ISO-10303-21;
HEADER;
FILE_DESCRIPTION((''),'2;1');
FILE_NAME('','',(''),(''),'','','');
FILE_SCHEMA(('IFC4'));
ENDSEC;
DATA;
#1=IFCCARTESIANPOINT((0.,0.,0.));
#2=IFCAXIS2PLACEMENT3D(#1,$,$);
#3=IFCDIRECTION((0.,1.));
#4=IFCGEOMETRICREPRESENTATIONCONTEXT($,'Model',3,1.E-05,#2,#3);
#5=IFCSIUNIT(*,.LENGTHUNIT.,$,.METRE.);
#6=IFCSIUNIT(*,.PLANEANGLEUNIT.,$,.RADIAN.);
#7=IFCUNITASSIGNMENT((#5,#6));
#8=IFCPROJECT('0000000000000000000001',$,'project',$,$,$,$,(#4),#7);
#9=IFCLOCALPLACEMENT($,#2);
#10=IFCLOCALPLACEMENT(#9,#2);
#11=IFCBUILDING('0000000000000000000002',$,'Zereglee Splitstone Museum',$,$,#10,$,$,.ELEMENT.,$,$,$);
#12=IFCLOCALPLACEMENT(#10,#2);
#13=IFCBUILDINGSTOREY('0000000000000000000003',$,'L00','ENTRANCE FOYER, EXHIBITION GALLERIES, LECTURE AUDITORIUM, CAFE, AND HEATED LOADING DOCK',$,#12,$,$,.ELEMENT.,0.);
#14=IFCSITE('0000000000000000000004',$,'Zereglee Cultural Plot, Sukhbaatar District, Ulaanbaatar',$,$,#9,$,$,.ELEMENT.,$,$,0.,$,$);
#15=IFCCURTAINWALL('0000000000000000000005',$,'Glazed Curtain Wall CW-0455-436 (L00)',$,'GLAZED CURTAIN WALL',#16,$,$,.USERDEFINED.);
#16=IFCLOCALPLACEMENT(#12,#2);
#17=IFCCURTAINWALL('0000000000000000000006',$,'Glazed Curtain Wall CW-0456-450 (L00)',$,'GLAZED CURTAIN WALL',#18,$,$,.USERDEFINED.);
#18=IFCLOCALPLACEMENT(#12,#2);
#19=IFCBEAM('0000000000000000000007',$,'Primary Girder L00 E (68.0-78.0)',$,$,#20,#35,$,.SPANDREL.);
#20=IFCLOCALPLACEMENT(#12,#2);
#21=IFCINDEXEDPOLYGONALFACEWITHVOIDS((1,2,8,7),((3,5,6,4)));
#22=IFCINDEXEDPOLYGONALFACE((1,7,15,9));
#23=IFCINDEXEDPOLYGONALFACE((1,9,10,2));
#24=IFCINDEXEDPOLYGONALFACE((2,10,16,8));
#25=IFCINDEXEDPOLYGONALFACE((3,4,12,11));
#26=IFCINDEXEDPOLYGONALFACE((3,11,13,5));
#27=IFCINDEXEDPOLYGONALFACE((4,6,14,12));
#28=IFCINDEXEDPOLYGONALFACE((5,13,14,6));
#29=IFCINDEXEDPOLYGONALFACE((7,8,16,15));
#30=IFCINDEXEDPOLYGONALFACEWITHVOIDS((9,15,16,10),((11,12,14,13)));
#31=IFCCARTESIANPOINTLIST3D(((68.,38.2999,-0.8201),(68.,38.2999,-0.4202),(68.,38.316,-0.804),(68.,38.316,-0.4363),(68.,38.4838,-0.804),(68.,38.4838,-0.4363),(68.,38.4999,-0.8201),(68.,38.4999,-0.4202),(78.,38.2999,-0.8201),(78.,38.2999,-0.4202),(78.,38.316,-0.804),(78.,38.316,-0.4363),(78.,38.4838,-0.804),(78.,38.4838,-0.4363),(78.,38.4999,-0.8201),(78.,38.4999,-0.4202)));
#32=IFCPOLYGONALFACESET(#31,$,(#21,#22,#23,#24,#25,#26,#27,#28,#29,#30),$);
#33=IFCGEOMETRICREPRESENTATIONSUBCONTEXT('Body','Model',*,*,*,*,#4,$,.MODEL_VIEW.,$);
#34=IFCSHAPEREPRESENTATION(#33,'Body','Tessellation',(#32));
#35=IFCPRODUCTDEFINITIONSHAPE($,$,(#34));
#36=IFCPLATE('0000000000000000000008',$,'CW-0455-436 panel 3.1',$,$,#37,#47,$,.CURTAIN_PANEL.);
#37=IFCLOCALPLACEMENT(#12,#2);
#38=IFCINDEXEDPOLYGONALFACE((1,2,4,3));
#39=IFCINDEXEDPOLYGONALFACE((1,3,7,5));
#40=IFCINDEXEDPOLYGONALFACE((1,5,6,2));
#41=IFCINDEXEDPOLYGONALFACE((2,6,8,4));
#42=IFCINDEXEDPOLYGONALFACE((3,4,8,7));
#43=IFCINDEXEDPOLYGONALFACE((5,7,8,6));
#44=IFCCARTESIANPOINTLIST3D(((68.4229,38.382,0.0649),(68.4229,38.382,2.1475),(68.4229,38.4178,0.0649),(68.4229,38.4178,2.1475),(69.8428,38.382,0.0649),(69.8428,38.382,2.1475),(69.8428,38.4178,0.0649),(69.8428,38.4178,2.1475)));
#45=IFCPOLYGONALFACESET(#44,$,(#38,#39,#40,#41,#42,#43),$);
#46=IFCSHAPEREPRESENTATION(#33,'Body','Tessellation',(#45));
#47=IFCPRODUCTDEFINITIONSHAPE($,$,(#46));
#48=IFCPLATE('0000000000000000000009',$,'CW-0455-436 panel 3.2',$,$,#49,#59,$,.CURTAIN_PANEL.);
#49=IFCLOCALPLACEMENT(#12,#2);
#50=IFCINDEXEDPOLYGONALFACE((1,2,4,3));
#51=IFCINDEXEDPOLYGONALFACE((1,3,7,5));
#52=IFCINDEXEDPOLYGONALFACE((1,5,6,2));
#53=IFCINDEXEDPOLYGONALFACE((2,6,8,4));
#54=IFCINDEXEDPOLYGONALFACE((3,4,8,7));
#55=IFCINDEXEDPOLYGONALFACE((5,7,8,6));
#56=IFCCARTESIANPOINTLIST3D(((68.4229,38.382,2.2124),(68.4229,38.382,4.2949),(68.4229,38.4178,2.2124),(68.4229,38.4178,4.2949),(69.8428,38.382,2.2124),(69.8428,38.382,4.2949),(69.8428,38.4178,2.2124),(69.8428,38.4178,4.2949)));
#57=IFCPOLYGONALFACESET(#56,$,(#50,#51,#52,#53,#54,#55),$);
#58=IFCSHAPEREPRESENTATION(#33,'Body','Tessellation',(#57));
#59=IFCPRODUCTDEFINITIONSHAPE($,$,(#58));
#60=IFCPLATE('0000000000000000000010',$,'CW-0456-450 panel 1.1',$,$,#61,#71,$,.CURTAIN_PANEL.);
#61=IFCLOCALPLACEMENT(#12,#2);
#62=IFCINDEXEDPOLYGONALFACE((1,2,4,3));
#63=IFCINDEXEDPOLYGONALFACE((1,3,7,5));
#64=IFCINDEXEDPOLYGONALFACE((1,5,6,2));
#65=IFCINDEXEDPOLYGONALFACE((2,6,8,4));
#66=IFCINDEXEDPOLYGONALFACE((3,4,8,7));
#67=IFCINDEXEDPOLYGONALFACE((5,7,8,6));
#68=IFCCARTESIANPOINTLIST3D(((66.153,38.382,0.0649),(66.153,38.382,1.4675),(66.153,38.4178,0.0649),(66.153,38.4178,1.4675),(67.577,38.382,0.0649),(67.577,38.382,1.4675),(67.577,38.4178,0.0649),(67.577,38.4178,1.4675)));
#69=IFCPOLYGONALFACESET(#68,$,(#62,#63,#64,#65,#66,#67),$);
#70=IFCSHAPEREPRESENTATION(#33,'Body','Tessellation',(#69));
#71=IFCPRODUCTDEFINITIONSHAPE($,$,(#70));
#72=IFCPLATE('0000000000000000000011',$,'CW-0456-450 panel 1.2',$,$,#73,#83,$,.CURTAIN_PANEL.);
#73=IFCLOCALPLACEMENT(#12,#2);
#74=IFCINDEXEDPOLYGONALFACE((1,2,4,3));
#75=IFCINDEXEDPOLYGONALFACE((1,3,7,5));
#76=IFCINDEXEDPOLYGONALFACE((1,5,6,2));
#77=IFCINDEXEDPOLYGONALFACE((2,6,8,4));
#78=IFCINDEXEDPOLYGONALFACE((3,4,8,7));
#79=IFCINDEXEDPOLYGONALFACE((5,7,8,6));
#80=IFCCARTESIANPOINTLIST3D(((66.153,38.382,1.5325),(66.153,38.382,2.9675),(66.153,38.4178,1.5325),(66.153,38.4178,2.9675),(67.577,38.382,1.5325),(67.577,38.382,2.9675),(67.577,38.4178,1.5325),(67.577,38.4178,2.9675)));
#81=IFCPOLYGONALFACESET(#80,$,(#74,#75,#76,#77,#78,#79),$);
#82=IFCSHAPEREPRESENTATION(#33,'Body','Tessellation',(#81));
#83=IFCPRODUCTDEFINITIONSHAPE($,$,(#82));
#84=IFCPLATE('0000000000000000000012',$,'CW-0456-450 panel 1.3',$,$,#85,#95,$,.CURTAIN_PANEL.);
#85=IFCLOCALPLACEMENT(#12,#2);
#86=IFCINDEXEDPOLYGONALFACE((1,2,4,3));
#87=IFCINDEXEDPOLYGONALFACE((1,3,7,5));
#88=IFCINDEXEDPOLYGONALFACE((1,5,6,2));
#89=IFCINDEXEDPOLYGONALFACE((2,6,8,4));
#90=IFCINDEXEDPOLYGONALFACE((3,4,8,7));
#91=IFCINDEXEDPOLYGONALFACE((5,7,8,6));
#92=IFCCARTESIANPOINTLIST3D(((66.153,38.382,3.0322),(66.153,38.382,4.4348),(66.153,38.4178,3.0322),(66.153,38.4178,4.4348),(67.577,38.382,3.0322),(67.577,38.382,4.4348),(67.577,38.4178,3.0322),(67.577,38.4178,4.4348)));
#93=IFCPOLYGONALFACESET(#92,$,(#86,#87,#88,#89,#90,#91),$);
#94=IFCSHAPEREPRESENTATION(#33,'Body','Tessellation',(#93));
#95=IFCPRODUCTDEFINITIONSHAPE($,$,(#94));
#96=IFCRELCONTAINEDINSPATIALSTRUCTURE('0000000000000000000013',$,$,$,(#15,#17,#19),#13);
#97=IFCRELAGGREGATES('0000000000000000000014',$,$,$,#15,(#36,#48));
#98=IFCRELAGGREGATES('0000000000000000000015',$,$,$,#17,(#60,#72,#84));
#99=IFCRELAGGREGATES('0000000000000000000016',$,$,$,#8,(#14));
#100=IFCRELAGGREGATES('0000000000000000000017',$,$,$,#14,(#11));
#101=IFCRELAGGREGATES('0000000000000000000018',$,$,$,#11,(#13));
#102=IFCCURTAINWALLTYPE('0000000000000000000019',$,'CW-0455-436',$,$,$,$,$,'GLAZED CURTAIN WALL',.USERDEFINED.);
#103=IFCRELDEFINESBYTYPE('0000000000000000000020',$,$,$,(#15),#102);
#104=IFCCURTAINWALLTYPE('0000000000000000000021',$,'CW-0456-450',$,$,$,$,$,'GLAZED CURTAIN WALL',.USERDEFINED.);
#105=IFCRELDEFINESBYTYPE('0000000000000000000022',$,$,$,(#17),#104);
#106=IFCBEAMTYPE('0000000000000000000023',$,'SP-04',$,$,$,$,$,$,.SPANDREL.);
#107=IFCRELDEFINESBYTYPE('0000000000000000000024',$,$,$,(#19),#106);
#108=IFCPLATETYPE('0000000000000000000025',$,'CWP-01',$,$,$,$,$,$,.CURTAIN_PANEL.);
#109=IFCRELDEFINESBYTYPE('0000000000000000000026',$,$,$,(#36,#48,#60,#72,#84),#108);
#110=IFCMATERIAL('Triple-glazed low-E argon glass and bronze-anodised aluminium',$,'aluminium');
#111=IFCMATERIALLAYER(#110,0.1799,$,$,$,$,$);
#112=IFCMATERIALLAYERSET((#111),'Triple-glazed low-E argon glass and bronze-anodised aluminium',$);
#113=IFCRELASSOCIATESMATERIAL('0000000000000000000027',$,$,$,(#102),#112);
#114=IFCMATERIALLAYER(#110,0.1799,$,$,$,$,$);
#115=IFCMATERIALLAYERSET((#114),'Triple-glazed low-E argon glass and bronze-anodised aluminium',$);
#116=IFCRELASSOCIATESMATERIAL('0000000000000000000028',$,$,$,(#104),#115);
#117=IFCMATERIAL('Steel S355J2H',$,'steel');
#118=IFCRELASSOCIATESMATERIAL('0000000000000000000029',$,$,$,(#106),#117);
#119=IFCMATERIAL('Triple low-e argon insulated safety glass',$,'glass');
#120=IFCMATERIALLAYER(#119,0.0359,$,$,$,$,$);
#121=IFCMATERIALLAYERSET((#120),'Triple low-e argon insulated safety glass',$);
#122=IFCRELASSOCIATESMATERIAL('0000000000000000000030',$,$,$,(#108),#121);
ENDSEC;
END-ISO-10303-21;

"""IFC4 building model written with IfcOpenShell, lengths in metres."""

from ifc_helpers import new_model, si_unit, direction, frame, origin, origin_2d, place, context, subcontext, project, spatial, rectangle, hollow_rectangle, extrude, material, layer, layer_set, material_profile, profile_set, type_object, element, aggregate, save


model = new_model("IFC4")

# Units and contexts
model_context = context("Model", 3, precision=1e-05, world=origin(), true_north=direction((0.0, 1.0)))
body_context = subcontext(model_context, "Body", "Model", "MODEL_VIEW")
ifc_project = project(units=[si_unit("LENGTHUNIT", "METRE"), si_unit("PLANEANGLEUNIT", "RADIAN")], contexts=[model_context])

# Site, building, storey
site_placement = place(None, origin())
site = spatial("IfcSite", under=ifc_project, at=site_placement, Name="Zereglee Cultural Plot, Sukhbaatar District, Ulaanbaatar", CompositionType="ELEMENT", RefElevation=0.0)
building_placement = place(site_placement, origin())
building = spatial("IfcBuilding", under=site, at=building_placement, Name="Zereglee Splitstone Museum", CompositionType="ELEMENT")
storey_placement = place(building_placement, origin())
storey = spatial("IfcBuildingStorey", under=building, at=storey_placement, Name="L00", Description="ENTRANCE FOYER, EXHIBITION GALLERIES, LECTURE AUDITORIUM, CAFE, AND HEATED LOADING DOCK", CompositionType="ELEMENT", Elevation=0.0)

# Curtain wall
ifc_material_1 = material(Name="Triple-glazed low-E argon glass and bronze-anodised aluminium", Category="aluminium")
ifc_layer_1 = layer(ifc_material_1, 0.1799)
ifc_layer_set_1 = layer_set([ifc_layer_1], Name="Triple-glazed low-E argon glass and bronze-anodised aluminium")
curtain_wall_type_1 = type_object("IfcCurtainWallType", Name="CW-0455-436", ElementType="GLAZED CURTAIN WALL", PredefinedType="USERDEFINED", material=ifc_layer_set_1)
curtain_wall_1_placement = place(storey_placement, origin())
curtain_wall_1 = element("IfcCurtainWall", 1, at=curtain_wall_1_placement, inside=storey, type_object=curtain_wall_type_1, Name="Glazed Curtain Wall CW-0455-436 (L00)", ObjectType="GLAZED CURTAIN WALL", PredefinedType="USERDEFINED")

# Curtain wall
ifc_layer_2 = layer(ifc_material_1, 0.1799)
ifc_layer_set_2 = layer_set([ifc_layer_2], Name="Triple-glazed low-E argon glass and bronze-anodised aluminium")
curtain_wall_type_2 = type_object("IfcCurtainWallType", Name="CW-0456-450", ElementType="GLAZED CURTAIN WALL", PredefinedType="USERDEFINED", material=ifc_layer_set_2)
curtain_wall_2_placement = place(storey_placement, origin())
curtain_wall_2 = element("IfcCurtainWall", 2, at=curtain_wall_2_placement, inside=storey, type_object=curtain_wall_type_2, Name="Glazed Curtain Wall CW-0456-450 (L00)", ObjectType="GLAZED CURTAIN WALL", PredefinedType="USERDEFINED")

# Beam
ifc_material_2 = material(Name="Steel S355J2H", Category="steel")
ifc_material_profile_1 = material_profile(ifc_material_2, hollow_rectangle(XDim=0.2, YDim=0.3999, WallThickness=0.0161, at=origin_2d()), Name="RHS 400x200x16")
ifc_profile_set_1 = profile_set([ifc_material_profile_1], Name="Steel S355J2H")
beam_type = type_object("IfcBeamType", Name="SP-04", PredefinedType="SPANDREL", material=ifc_profile_set_1)
beam_placement = place(storey_placement, frame((68.0, 38.3999, -0.6201), z_axis=(1.0, 0.0, 0.0), x_axis=(0.0, 1.0, 0.0)))
element("IfcBeam", 3, at=beam_placement, inside=storey, type_object=beam_type, Name="Primary Girder L00 E (68.0-78.0)", PredefinedType="SPANDREL", context=body_context, shape_type="SweptSolid", body=[
    extrude(hollow_rectangle(XDim=0.2, YDim=0.3999, WallThickness=0.0161, at=origin_2d()), origin(), (0.0, 0.0, 1.0), 10.0),
])

# Plates
ifc_material_3 = material(Name="Triple low-e argon insulated safety glass", Category="glass")
ifc_layer_3 = layer(ifc_material_3, 0.0359)
ifc_layer_set_3 = layer_set([ifc_layer_3], Name="Triple low-e argon insulated safety glass")
plate_type = type_object("IfcPlateType", Name="CWP-01", PredefinedType="CURTAIN_PANEL", material=ifc_layer_set_3)
plate_1_placement = place(storey_placement, frame((69.1328, 38.3999, 0.0649), z_axis=(0.0, 0.0, 1.0), x_axis=(-1.0, 0.0, 0.0)))
plate_1 = element("IfcPlate", 4, at=plate_1_placement, type_object=plate_type, Name="CW-0455-436 panel 3.1", PredefinedType="CURTAIN_PANEL", context=body_context, shape_type="SweptSolid", body=[
    extrude(rectangle(XDim=1.4199, YDim=0.0359, at=origin_2d()), origin(), (0.0, 0.0, 1.0), 2.0825),
])
plate_2_placement = place(storey_placement, frame((69.1328, 38.3999, 2.2124), z_axis=(0.0, 0.0, 1.0), x_axis=(-1.0, 0.0, 0.0)))
plate_2 = element("IfcPlate", 5, at=plate_2_placement, type_object=plate_type, Name="CW-0455-436 panel 3.2", PredefinedType="CURTAIN_PANEL", context=body_context, shape_type="SweptSolid", body=[
    extrude(rectangle(XDim=1.4199, YDim=0.0359, at=origin_2d()), origin(), (0.0, 0.0, 1.0), 2.0825),
])
aggregate(curtain_wall_1, [plate_1, plate_2])
plate_3_placement = place(storey_placement, frame((66.865, 38.3999, 0.0649), z_axis=(0.0, 0.0, 1.0), x_axis=(-1.0, 0.0, 0.0)))
plate_3 = element("IfcPlate", 6, at=plate_3_placement, type_object=plate_type, Name="CW-0456-450 panel 1.1", PredefinedType="CURTAIN_PANEL", context=body_context, shape_type="SweptSolid", body=[
    extrude(rectangle(XDim=1.4241, YDim=0.0359, at=origin_2d()), origin(), (0.0, 0.0, 1.0), 1.4026),
])
plate_4_placement = place(storey_placement, frame((66.865, 38.3999, 1.5325), z_axis=(0.0, 0.0, 1.0), x_axis=(-1.0, 0.0, 0.0)))
plate_4 = element("IfcPlate", 7, at=plate_4_placement, type_object=plate_type, Name="CW-0456-450 panel 1.2", PredefinedType="CURTAIN_PANEL", context=body_context, shape_type="SweptSolid", body=[
    extrude(rectangle(XDim=1.4241, YDim=0.0359, at=origin_2d()), origin(), (0.0, 0.0, 1.0), 1.4351),
])
plate_5_placement = place(storey_placement, frame((66.865, 38.3999, 3.0322), z_axis=(0.0, 0.0, 1.0), x_axis=(-1.0, 0.0, 0.0)))
plate_5 = element("IfcPlate", 8, at=plate_5_placement, type_object=plate_type, Name="CW-0456-450 panel 1.3", PredefinedType="CURTAIN_PANEL", context=body_context, shape_type="SweptSolid", body=[
    extrude(rectangle(XDim=1.4241, YDim=0.0359, at=origin_2d()), origin(), (0.0, 0.0, 1.0), 1.4026),
])
aggregate(curtain_wall_2, [plate_3, plate_4, plate_5])

save(model, "model.ifc")
